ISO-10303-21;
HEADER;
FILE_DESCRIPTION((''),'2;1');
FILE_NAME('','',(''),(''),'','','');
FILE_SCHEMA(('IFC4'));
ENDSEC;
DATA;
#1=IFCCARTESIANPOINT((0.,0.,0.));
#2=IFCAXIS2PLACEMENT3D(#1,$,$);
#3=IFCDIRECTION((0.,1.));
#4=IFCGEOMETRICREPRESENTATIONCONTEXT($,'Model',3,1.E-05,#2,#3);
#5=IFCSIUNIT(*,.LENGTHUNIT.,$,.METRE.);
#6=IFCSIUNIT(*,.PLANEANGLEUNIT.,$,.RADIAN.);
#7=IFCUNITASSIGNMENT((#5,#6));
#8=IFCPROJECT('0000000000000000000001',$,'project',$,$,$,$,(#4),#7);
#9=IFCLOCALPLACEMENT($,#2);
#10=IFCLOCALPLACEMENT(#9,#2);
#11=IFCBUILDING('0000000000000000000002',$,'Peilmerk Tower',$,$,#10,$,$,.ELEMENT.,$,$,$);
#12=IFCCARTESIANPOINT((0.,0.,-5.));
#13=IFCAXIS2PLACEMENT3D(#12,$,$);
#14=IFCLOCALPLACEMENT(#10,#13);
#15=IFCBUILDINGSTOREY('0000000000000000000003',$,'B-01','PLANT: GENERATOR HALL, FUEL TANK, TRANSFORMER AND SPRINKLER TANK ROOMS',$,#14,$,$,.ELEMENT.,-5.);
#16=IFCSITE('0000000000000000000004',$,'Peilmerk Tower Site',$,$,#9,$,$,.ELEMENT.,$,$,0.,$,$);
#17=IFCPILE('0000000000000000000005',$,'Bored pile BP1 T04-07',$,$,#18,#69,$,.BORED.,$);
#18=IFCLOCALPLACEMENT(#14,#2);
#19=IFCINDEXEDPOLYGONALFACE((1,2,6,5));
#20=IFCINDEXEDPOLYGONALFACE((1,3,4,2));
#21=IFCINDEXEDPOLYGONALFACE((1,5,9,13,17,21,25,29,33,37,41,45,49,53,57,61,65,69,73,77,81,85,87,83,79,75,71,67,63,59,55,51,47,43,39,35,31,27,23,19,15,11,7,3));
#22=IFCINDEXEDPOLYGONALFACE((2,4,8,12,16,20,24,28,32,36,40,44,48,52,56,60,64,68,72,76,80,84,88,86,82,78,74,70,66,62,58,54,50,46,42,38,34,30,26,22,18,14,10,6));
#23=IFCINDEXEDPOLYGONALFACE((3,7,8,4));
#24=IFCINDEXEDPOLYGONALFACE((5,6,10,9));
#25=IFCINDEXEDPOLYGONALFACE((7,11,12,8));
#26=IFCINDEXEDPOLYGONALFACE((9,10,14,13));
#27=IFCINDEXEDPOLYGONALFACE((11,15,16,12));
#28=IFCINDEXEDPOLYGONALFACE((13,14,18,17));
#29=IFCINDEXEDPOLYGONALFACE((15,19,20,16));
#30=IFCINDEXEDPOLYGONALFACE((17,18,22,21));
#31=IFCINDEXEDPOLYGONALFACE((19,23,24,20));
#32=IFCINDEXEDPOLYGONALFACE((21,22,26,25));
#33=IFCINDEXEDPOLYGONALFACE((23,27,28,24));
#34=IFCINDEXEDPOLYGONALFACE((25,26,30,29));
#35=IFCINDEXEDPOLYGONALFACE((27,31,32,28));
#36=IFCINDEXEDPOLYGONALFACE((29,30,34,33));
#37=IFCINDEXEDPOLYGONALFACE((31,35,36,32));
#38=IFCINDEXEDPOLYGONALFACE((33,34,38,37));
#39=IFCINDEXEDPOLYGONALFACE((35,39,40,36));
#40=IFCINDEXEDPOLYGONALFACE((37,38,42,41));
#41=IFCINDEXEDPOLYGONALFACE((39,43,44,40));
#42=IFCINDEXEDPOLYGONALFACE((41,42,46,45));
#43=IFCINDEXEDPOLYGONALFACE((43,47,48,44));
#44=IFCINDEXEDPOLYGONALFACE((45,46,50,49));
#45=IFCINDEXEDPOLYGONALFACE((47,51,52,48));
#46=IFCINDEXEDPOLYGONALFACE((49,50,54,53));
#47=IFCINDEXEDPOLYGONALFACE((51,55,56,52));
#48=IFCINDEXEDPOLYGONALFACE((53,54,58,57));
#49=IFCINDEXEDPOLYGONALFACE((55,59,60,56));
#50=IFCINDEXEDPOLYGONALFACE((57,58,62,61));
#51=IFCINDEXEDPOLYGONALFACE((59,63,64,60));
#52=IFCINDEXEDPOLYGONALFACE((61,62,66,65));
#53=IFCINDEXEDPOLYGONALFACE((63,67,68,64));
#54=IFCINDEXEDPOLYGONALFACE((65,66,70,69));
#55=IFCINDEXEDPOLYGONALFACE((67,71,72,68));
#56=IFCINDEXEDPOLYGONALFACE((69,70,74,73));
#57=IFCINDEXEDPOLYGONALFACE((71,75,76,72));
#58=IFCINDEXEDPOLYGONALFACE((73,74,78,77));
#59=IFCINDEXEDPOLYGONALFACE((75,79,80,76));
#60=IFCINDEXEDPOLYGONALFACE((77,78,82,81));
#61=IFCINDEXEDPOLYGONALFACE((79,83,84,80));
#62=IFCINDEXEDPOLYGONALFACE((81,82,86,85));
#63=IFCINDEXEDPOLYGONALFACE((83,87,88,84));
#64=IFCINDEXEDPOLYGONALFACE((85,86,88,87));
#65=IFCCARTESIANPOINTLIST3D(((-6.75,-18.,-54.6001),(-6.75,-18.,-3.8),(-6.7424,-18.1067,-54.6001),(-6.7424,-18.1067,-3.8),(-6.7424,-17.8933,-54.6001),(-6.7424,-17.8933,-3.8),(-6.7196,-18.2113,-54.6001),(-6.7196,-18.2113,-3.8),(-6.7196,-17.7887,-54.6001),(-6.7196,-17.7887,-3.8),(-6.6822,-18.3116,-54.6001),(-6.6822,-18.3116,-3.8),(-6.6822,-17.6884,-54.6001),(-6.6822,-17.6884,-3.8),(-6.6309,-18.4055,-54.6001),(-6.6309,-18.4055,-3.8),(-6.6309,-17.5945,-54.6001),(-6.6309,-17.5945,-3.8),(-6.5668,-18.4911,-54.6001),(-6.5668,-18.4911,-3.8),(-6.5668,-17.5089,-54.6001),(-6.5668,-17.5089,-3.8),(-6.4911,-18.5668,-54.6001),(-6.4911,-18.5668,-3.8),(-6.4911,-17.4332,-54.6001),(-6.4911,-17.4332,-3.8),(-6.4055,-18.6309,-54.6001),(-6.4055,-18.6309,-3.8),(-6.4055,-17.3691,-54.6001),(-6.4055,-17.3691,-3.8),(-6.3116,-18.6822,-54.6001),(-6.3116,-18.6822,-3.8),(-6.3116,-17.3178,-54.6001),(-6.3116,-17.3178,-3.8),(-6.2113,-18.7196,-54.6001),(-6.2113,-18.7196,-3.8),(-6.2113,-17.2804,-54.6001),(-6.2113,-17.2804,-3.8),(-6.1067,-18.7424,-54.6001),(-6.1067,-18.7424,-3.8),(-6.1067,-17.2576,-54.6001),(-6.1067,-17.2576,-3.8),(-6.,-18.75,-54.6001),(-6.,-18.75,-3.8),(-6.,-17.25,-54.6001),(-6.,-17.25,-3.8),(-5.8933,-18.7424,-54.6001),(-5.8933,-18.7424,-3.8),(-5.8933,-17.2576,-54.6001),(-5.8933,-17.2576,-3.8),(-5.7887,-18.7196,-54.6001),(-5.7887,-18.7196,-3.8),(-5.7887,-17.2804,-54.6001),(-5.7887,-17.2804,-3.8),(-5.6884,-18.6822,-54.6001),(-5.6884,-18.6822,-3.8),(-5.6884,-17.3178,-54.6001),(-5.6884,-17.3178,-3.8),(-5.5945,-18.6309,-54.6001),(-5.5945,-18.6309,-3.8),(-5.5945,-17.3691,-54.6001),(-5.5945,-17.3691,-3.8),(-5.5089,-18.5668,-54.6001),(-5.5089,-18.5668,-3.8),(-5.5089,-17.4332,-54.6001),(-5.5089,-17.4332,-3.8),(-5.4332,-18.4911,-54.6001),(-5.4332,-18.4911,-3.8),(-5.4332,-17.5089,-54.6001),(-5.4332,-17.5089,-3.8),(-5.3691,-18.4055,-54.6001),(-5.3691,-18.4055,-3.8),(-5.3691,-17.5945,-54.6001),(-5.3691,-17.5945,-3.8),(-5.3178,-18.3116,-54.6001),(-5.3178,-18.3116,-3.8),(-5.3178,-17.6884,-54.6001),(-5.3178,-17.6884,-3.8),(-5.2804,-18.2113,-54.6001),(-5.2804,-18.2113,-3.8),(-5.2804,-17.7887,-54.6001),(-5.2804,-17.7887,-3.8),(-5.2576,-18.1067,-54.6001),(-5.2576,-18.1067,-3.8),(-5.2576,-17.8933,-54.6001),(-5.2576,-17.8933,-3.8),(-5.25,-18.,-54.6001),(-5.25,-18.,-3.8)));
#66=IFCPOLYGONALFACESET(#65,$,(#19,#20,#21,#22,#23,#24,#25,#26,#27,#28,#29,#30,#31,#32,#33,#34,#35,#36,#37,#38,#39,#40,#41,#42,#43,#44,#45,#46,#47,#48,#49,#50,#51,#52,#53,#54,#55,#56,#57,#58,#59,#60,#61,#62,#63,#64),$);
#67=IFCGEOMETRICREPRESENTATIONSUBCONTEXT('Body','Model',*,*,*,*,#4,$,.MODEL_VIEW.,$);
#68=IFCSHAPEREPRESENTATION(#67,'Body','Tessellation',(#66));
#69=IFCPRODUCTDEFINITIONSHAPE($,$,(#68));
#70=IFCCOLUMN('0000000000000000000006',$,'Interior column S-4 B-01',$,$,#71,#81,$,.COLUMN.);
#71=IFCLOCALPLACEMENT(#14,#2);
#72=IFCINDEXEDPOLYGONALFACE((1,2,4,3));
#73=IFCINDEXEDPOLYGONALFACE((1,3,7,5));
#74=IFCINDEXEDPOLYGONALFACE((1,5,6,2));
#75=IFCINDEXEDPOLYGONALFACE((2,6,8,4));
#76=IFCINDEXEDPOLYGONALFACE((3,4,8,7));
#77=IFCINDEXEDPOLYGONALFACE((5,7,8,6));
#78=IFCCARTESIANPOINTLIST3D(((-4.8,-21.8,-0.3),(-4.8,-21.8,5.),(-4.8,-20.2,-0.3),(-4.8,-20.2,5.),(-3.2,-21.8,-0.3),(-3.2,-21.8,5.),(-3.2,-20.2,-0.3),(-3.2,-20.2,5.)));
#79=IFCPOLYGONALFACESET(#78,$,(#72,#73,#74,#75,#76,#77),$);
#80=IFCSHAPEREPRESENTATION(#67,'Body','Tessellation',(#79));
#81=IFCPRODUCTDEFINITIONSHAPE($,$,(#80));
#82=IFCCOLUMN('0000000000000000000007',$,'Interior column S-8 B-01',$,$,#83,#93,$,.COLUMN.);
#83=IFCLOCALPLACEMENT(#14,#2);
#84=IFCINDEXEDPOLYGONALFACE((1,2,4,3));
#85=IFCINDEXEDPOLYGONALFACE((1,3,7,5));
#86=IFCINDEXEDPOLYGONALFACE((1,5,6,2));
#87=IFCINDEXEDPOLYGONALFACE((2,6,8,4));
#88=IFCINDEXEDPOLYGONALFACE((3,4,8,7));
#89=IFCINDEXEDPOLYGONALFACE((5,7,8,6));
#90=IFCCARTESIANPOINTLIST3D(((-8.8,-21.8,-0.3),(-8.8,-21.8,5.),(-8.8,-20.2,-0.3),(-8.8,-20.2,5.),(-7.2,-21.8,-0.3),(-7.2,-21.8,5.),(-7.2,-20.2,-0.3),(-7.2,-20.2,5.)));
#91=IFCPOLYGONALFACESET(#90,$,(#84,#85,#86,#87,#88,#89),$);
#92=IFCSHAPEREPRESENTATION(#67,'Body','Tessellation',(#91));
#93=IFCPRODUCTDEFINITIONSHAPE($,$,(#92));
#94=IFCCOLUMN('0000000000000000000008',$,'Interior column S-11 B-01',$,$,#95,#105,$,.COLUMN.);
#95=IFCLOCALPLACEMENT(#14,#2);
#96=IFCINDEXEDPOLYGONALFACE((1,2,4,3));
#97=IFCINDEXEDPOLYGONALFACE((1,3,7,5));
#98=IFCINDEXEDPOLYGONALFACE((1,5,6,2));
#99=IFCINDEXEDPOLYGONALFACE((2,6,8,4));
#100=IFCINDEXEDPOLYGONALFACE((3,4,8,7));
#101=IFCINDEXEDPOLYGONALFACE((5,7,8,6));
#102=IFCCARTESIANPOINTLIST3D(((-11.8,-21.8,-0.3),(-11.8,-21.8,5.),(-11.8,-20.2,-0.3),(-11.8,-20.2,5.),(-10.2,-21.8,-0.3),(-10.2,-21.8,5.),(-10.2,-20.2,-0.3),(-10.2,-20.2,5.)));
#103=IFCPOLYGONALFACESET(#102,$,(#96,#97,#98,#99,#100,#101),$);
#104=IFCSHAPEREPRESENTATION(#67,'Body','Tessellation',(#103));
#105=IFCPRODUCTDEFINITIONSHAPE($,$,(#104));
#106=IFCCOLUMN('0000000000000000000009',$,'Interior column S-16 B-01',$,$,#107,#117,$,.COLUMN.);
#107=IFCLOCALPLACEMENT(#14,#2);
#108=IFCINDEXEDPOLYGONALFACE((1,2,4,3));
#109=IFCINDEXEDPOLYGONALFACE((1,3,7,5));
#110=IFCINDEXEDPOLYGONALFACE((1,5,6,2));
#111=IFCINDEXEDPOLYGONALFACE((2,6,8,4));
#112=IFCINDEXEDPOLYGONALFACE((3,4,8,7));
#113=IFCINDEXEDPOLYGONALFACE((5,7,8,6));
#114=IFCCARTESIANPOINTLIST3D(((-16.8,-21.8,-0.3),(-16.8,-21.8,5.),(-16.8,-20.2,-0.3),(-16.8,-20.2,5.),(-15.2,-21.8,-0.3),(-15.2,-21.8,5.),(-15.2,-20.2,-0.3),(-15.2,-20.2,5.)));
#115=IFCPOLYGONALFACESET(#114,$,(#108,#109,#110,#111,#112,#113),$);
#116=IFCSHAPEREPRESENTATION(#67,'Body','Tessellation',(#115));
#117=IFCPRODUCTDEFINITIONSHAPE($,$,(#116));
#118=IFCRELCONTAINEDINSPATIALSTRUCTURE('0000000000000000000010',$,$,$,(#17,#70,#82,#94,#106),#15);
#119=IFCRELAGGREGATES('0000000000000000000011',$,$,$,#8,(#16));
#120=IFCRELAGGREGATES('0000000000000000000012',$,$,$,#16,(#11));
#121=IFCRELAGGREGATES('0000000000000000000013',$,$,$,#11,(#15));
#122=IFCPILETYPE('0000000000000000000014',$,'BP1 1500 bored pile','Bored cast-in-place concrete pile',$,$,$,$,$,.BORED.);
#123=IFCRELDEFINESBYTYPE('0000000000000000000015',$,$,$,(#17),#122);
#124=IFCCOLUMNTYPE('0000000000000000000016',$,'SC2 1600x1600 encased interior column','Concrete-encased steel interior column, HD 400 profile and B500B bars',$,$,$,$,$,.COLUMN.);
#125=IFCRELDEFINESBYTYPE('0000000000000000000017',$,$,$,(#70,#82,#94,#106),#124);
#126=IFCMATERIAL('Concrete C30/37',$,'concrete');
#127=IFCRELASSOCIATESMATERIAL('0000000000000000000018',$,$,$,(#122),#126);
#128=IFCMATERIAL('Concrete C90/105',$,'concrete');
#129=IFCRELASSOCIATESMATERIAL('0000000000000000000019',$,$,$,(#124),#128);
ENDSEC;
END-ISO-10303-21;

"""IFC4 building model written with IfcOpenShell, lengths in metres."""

from ifc_helpers import new_model, si_unit, direction, frame, origin, origin_2d, place, context, subcontext, project, spatial, rectangle, circle, extrude, material, material_profile, profile_set, type_object, element, save


model = new_model("IFC4")

# Units and contexts
model_context = context("Model", 3, precision=1e-05, world=origin(), true_north=direction((0.0, 1.0)))
body_context = subcontext(model_context, "Body", "Model", "MODEL_VIEW")
ifc_project = project(units=[si_unit("LENGTHUNIT", "METRE"), si_unit("PLANEANGLEUNIT", "RADIAN")], contexts=[model_context])

# Site, building, storey
site_placement = place(None, origin())
site = spatial("IfcSite", under=ifc_project, at=site_placement, Name="Peilmerk Tower Site", CompositionType="ELEMENT", RefElevation=0.0)
building_placement = place(site_placement, origin())
building = spatial("IfcBuilding", under=site, at=building_placement, Name="Peilmerk Tower", CompositionType="ELEMENT")
storey_placement = place(building_placement, frame((0.0, 0.0, -5.0)))
storey = spatial("IfcBuildingStorey", under=building, at=storey_placement, Name="B-01", Description="PLANT: GENERATOR HALL, FUEL TANK, TRANSFORMER AND SPRINKLER TANK ROOMS", CompositionType="ELEMENT", Elevation=-5.0)

# Pile
ifc_material_1 = material(Name="Concrete C30/37", Category="concrete")
ifc_material_profile_1 = material_profile(ifc_material_1, circle(Radius=0.75, at=origin_2d()), Name="BP 1500")
ifc_profile_set_1 = profile_set([ifc_material_profile_1], Name="Concrete C30/37")
pile_type = type_object("IfcPileType", Name="BP1 1500 bored pile", Description="Bored cast-in-place concrete pile", PredefinedType="BORED", material=ifc_profile_set_1)
for number, where, z_axis, x_axis, name in (
    (1, (-6.0, -18.0, -3.8), (0.0, 0.0, -1.0), (1.0, 0.0, 0.0), "Bored pile BP1 T04-07"),
):
    element("IfcPile", number, at=place(storey_placement, frame(where, z_axis=z_axis, x_axis=x_axis)), inside=storey, type_object=pile_type, Name=name, PredefinedType="BORED", context=body_context, shape_type="SweptSolid", body=[
        extrude(circle(Radius=0.75, at=origin_2d()), origin(), (0.0, 0.0, 1.0), 50.8),
    ])

# Columns
ifc_material_2 = material(Name="Concrete C90/105", Category="concrete")
ifc_material_profile_2 = material_profile(ifc_material_2, rectangle(XDim=1.6001, YDim=1.6001, at=origin_2d()), Name="RC 1600x1600")
ifc_profile_set_2 = profile_set([ifc_material_profile_2], Name="Concrete C90/105")
column_type = type_object("IfcColumnType", Name="SC2 1600x1600 encased interior column", Description="Concrete-encased steel interior column, HD 400 profile and B500B bars", PredefinedType="COLUMN", material=ifc_profile_set_2)
for number, where, z_axis, x_axis, name in (
    (2, (-4.0, -21.0, -0.3), (0.0, 0.0, 1.0), (1.0, 0.0, 0.0), "Interior column S-4 B-01"),
    (3, (-8.0, -21.0, -0.3), (0.0, 0.0, 1.0), (1.0, 0.0, 0.0), "Interior column S-8 B-01"),
    (4, (-11.0, -21.0, -0.3), (0.0, 0.0, 1.0), (1.0, 0.0, 0.0), "Interior column S-11 B-01"),
    (5, (-16.0, -21.0, -0.3), (0.0, 0.0, 1.0), (1.0, 0.0, 0.0), "Interior column S-16 B-01"),
):
    element("IfcColumn", number, at=place(storey_placement, frame(where, z_axis=z_axis, x_axis=x_axis)), inside=storey, type_object=column_type, Name=name, PredefinedType="COLUMN", context=body_context, shape_type="SweptSolid", body=[
        extrude(rectangle(XDim=1.6001, YDim=1.6001, at=origin_2d()), origin(), (0.0, 0.0, 1.0), 5.3),
    ])

save(model, "model.ifc")
